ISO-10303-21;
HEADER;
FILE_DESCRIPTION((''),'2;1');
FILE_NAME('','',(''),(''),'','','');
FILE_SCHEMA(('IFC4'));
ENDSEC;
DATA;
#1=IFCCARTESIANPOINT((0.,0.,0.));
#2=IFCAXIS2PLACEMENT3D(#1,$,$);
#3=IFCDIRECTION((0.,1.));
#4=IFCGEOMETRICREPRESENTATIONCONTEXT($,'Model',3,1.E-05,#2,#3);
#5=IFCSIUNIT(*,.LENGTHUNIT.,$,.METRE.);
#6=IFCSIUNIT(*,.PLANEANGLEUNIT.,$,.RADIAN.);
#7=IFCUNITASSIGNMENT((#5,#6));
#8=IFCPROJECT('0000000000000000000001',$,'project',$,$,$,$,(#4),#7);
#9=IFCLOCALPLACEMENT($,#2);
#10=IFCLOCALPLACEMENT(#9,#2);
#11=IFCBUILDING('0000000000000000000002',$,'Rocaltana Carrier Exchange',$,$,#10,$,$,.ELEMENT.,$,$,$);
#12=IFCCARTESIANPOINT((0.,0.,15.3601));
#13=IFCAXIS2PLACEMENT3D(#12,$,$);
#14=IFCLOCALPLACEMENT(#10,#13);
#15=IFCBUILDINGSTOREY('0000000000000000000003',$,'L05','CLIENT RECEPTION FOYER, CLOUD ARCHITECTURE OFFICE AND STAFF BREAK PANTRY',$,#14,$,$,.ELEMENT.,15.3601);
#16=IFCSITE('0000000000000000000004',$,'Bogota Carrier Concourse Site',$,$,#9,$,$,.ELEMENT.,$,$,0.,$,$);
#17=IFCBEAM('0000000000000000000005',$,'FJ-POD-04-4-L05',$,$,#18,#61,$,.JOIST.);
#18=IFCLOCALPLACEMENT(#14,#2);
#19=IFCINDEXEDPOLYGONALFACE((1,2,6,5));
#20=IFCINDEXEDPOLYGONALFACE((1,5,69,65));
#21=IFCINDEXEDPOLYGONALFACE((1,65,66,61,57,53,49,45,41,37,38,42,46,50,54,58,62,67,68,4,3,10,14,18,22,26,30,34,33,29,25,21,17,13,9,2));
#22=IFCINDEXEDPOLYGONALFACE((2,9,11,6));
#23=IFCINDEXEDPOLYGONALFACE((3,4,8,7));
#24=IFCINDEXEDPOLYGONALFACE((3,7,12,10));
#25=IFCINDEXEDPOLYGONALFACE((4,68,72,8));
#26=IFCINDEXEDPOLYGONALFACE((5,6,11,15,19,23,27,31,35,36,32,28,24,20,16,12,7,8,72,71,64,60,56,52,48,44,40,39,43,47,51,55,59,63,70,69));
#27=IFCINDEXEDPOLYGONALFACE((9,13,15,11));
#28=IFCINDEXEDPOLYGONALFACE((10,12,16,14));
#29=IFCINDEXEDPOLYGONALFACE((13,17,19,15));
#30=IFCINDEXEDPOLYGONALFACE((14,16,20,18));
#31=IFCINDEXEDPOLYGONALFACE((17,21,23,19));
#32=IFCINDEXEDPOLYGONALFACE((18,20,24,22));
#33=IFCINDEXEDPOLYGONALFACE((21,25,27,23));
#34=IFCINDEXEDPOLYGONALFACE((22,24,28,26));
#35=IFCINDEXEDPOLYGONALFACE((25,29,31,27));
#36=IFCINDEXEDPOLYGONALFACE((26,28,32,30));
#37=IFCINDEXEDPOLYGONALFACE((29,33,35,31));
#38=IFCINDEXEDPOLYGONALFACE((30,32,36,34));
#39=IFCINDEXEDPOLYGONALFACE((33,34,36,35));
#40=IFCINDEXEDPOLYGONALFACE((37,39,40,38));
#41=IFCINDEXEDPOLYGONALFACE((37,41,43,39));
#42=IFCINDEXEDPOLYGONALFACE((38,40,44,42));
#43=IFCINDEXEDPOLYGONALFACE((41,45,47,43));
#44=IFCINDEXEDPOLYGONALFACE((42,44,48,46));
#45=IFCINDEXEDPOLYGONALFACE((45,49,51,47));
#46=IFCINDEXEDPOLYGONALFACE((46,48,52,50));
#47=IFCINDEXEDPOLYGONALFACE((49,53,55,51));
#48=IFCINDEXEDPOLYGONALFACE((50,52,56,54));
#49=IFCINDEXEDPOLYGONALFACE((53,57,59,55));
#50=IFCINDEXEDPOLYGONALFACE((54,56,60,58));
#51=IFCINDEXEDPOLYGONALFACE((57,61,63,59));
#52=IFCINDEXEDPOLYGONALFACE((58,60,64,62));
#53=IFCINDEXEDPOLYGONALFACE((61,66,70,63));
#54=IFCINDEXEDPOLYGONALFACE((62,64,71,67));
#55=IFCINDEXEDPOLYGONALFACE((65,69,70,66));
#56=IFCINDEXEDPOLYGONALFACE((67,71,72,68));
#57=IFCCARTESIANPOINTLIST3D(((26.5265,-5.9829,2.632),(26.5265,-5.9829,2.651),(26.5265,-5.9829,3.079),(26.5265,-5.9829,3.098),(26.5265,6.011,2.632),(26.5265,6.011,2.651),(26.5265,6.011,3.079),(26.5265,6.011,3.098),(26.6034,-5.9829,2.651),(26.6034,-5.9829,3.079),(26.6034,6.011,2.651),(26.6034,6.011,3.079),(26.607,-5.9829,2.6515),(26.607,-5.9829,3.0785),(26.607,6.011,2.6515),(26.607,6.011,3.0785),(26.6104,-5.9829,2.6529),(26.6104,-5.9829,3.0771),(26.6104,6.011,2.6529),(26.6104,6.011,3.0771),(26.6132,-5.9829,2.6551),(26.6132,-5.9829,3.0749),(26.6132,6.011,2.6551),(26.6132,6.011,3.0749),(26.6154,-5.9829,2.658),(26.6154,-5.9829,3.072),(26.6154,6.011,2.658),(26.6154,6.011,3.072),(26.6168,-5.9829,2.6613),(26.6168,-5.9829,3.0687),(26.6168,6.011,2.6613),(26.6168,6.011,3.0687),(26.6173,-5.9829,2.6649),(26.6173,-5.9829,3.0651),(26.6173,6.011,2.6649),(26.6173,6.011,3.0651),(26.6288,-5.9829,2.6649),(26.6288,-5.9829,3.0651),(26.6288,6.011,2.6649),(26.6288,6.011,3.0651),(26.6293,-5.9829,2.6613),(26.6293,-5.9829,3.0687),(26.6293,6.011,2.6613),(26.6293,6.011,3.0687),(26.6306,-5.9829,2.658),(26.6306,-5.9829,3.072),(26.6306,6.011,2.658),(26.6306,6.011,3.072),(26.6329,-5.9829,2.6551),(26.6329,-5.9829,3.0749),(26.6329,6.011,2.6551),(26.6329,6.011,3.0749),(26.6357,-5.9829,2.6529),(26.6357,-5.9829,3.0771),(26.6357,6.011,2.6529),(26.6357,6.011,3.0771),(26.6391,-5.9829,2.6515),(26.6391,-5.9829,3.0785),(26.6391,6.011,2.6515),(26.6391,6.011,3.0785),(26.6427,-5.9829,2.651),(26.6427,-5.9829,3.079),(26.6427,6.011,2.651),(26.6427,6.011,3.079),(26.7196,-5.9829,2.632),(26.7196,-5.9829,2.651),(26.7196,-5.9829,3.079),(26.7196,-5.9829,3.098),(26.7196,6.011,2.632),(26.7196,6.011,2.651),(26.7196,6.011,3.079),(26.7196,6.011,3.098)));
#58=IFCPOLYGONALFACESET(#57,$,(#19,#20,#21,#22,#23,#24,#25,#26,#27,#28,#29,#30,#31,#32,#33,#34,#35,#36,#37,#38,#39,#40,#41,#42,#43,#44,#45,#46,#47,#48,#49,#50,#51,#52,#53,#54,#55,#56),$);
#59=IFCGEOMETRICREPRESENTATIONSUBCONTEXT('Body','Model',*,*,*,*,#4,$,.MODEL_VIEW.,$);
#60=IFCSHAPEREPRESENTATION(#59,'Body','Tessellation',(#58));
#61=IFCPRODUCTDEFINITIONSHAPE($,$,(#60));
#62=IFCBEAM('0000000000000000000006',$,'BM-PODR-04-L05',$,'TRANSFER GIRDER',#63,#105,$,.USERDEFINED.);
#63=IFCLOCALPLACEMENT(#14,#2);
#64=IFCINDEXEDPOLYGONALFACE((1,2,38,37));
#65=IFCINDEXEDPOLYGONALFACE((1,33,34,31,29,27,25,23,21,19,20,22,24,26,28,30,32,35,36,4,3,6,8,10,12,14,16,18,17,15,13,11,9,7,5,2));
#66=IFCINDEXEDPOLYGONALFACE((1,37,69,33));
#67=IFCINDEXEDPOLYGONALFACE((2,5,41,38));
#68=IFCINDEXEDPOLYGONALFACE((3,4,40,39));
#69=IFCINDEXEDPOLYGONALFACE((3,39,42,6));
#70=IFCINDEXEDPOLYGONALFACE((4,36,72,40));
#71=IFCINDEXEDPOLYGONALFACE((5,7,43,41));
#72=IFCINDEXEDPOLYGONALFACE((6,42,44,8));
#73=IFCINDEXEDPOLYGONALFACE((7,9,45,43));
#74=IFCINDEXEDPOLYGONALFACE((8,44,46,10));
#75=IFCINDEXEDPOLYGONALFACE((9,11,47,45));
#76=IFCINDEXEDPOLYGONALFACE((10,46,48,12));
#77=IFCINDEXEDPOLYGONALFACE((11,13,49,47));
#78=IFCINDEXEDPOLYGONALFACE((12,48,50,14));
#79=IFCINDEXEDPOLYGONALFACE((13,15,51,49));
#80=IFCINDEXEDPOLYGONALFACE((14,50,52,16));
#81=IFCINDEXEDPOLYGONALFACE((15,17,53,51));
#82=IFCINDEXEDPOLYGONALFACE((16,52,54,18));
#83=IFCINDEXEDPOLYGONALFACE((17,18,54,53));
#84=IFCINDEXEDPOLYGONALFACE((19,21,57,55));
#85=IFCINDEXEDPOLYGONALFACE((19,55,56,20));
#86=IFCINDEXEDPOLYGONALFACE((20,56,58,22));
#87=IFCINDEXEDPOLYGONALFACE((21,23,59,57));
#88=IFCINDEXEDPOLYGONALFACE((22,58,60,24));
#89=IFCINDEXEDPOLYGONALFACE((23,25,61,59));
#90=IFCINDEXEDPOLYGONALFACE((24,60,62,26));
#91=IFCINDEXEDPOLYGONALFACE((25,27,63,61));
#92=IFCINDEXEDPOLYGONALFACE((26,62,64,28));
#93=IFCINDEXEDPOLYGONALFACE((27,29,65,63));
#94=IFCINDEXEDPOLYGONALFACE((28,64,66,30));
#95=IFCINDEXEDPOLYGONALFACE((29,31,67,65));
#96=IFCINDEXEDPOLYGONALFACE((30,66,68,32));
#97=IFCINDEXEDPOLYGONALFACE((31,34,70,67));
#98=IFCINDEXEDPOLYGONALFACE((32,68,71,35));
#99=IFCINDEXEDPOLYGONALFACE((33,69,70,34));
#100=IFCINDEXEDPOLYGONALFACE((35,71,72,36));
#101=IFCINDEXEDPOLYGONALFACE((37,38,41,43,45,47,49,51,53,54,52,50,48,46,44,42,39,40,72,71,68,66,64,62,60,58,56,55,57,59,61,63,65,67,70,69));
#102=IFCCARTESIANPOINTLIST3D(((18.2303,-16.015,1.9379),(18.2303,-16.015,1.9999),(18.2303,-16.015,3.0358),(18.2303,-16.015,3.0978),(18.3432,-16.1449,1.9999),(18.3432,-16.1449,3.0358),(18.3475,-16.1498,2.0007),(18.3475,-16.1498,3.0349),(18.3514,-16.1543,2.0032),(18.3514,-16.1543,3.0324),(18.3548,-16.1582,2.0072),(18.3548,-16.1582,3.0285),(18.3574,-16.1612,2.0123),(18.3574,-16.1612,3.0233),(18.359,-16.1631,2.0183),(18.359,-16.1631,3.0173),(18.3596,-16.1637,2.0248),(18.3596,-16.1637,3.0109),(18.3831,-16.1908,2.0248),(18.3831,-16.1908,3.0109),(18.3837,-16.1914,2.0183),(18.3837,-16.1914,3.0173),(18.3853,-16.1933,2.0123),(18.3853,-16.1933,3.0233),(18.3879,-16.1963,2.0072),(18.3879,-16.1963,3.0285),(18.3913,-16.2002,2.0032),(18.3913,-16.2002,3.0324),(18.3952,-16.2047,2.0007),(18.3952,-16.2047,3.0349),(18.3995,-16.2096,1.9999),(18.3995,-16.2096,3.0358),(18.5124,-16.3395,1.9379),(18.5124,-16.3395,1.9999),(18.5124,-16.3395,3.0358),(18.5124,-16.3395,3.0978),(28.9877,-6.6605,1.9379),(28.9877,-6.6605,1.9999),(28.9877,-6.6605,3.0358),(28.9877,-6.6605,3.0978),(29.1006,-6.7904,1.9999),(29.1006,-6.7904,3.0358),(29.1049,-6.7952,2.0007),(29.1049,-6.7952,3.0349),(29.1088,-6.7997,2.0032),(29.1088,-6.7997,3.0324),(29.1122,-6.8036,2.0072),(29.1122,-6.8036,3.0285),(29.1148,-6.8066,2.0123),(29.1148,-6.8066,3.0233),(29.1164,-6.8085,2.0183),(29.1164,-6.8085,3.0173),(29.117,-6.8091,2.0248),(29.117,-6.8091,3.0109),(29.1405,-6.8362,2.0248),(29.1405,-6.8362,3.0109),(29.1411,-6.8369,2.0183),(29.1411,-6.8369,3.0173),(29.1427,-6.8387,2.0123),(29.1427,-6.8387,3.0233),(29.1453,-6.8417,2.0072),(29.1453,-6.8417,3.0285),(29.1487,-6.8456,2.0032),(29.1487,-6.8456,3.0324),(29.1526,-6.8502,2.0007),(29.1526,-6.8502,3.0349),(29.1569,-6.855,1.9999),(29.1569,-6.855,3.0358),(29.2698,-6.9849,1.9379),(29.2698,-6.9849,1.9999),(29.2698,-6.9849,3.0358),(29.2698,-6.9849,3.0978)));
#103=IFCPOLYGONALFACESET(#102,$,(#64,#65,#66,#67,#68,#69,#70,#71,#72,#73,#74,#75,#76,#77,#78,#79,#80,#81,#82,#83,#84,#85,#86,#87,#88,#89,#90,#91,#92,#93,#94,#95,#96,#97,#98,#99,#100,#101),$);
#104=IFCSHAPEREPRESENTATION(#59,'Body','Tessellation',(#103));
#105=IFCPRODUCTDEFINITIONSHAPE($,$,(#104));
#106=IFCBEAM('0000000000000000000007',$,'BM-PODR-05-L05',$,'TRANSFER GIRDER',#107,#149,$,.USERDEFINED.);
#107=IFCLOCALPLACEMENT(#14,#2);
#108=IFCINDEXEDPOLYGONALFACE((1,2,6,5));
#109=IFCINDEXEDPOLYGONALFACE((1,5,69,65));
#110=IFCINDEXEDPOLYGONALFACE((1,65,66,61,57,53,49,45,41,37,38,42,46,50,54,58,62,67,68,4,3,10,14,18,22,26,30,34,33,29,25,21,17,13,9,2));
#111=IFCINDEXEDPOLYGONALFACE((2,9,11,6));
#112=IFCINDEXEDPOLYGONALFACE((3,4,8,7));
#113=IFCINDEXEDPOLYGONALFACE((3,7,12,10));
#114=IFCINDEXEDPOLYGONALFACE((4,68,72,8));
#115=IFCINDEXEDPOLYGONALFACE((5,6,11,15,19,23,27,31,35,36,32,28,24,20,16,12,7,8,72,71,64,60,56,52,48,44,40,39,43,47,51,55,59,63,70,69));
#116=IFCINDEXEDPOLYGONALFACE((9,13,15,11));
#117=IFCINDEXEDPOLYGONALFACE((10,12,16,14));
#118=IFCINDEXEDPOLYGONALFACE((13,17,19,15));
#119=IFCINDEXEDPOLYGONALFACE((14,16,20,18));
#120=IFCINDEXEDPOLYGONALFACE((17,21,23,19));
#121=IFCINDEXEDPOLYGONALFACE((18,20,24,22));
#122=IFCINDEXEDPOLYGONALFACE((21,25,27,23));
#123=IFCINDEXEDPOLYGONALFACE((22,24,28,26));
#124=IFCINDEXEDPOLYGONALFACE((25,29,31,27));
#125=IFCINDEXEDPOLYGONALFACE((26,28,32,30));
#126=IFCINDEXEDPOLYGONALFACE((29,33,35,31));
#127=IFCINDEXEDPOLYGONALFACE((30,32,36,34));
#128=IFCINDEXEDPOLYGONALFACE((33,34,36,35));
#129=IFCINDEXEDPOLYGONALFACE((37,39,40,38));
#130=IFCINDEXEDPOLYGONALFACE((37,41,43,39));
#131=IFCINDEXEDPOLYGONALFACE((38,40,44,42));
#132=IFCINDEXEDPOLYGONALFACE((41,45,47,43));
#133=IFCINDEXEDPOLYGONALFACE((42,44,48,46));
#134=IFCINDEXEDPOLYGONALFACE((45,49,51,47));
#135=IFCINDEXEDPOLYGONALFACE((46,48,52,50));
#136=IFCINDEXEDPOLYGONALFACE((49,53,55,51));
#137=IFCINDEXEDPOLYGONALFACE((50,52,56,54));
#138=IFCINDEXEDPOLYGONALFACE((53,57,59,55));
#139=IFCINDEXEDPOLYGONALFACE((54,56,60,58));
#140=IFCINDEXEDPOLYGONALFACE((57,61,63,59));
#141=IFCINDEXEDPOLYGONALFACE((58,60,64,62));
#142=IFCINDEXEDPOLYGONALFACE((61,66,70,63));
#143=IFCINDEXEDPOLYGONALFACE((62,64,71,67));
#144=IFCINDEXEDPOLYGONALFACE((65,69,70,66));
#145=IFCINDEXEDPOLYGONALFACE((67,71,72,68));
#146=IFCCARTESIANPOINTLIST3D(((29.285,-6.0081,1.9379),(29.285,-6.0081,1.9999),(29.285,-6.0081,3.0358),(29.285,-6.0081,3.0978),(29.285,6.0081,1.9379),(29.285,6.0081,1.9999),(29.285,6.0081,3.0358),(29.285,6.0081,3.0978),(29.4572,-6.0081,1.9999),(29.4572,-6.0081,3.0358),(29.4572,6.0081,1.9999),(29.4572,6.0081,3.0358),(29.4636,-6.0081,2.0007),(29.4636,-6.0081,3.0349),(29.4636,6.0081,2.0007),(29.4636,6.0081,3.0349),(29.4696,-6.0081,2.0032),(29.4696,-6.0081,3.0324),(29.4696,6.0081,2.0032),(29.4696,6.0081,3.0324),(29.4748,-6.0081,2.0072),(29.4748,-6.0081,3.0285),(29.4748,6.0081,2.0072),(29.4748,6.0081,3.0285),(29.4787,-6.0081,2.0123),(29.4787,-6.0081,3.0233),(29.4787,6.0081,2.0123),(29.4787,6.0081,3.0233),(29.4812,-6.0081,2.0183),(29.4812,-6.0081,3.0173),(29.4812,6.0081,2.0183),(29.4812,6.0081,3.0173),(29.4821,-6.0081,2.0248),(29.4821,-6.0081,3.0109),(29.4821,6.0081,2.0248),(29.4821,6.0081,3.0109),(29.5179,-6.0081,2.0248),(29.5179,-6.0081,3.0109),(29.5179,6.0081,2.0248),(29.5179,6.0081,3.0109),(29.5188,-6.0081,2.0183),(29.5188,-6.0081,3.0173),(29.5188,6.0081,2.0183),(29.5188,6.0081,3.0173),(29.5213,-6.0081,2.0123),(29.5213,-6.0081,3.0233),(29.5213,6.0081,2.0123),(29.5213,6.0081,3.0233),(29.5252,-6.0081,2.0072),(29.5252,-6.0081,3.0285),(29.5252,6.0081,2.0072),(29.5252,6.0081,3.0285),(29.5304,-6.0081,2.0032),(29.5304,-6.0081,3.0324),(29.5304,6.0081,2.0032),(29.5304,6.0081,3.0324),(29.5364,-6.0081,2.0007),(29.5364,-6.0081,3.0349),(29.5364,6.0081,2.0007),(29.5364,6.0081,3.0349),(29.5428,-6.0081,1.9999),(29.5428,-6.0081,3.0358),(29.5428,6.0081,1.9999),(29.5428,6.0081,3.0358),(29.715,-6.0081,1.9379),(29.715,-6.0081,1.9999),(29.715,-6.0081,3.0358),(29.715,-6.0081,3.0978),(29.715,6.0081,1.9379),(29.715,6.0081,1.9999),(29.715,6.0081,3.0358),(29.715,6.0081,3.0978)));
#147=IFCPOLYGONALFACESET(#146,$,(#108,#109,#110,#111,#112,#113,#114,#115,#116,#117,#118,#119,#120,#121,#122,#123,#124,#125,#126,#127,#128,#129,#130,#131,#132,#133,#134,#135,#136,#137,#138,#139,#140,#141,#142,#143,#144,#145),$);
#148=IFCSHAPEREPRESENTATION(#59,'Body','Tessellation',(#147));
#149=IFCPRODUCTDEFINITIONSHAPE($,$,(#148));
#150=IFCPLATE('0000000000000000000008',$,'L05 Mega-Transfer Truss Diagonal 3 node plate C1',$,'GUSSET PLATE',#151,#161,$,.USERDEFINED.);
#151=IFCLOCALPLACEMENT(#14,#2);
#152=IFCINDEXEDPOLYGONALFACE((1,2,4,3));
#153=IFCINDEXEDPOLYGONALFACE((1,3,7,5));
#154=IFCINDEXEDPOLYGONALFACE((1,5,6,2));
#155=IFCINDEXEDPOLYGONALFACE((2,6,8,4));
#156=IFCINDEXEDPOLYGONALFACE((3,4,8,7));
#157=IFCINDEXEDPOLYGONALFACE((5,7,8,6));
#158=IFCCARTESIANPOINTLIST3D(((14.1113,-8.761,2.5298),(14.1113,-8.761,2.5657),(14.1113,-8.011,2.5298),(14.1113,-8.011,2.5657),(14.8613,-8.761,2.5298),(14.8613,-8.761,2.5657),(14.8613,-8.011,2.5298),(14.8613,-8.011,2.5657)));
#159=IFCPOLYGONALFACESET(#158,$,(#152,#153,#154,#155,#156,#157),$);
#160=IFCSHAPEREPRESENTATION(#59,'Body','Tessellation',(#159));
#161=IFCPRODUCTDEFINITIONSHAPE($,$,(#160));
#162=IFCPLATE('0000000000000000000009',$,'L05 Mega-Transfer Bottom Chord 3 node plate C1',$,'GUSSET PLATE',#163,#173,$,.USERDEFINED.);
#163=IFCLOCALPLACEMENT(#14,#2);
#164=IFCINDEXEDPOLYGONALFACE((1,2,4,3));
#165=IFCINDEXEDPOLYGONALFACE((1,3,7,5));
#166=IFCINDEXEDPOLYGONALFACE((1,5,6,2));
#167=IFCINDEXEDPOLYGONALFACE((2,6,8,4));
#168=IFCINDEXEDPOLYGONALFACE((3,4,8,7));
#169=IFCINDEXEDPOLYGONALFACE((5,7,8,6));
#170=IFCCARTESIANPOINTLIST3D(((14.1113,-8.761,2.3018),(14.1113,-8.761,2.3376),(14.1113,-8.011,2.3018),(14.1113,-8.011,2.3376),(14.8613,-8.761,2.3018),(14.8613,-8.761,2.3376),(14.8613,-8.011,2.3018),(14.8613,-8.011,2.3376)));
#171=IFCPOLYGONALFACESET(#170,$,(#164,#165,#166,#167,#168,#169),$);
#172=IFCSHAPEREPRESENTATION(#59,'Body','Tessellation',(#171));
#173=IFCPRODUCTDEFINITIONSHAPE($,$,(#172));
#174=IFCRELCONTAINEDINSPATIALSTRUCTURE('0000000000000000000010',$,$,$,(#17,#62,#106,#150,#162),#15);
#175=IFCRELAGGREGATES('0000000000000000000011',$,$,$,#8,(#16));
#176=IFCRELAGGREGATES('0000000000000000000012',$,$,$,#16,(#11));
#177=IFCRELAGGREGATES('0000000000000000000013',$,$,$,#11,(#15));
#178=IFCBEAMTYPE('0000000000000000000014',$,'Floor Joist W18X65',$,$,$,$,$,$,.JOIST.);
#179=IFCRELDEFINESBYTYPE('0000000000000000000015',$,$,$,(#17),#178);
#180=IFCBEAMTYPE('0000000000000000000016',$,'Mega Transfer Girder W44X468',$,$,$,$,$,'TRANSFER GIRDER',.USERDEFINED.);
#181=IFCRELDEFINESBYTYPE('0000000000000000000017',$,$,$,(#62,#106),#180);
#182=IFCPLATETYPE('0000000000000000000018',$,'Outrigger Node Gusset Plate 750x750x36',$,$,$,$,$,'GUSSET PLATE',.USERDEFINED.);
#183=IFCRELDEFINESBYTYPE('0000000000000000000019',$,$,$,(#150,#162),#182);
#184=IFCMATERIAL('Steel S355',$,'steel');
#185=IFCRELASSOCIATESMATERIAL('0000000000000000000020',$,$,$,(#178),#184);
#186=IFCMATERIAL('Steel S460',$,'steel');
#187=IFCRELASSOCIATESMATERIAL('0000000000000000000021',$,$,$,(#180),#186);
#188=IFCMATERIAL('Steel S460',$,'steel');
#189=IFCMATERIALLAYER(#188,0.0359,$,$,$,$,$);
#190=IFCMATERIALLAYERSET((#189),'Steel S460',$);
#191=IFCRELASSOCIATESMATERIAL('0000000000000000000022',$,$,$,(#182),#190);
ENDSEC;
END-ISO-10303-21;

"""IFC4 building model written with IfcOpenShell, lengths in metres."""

from ifc_helpers import new_model, si_unit, direction, frame, origin, origin_2d, place, context, subcontext, project, spatial, rectangle, i_section, extrude, material, layer, layer_set, material_profile, profile_set, type_object, element, save


model = new_model("IFC4")

# Units and contexts
model_context = context("Model", 3, precision=1e-05, world=origin(), true_north=direction((0.0, 1.0)))
body_context = subcontext(model_context, "Body", "Model", "MODEL_VIEW")
ifc_project = project(units=[si_unit("LENGTHUNIT", "METRE"), si_unit("PLANEANGLEUNIT", "RADIAN")], contexts=[model_context])

# Site, building, storey
site_placement = place(None, origin())
site = spatial("IfcSite", under=ifc_project, at=site_placement, Name="Bogota Carrier Concourse Site", CompositionType="ELEMENT", RefElevation=0.0)
building_placement = place(site_placement, origin())
building = spatial("IfcBuilding", under=site, at=building_placement, Name="Rocaltana Carrier Exchange", CompositionType="ELEMENT")
storey_placement = place(building_placement, frame((0.0, 0.0, 15.3601)))
storey = spatial("IfcBuildingStorey", under=building, at=storey_placement, Name="L05", Description="CLIENT RECEPTION FOYER, CLOUD ARCHITECTURE OFFICE AND STAFF BREAK PANTRY", CompositionType="ELEMENT", Elevation=15.3601)

# Beams
ifc_material_1 = material(Name="Steel S355", Category="steel")
ifc_material_profile_1 = material_profile(ifc_material_1, i_section(OverallWidth=0.1931, OverallDepth=0.4661, WebThickness=0.0115, FlangeThickness=0.019, FilletRadius=0.0139, at=origin_2d()), Name="W18X65")
ifc_profile_set_1 = profile_set([ifc_material_profile_1], Name="Steel S355")
beam_type_1 = type_object("IfcBeamType", Name="Floor Joist W18X65", PredefinedType="JOIST", material=ifc_profile_set_1)
beam_1_placement = place(storey_placement, frame((26.623, -5.9829, 2.865), z_axis=(0.0, 1.0, 0.0), x_axis=(-1.0, 0.0, 0.0)))
element("IfcBeam", 1, at=beam_1_placement, inside=storey, type_object=beam_type_1, Name="FJ-POD-04-4-L05", PredefinedType="JOIST", context=body_context, shape_type="SweptSolid", body=[
    extrude(i_section(OverallWidth=0.1931, OverallDepth=0.4661, WebThickness=0.0115, FlangeThickness=0.019, FilletRadius=0.0139, at=origin_2d()), origin(), (0.0, 0.0, 1.0), 11.9939),
])
ifc_material_2 = material(Name="Steel S460", Category="steel")
ifc_material_profile_2 = material_profile(ifc_material_2, i_section(OverallWidth=0.4299, OverallDepth=1.1599, WebThickness=0.0359, FlangeThickness=0.062, FilletRadius=0.0249, at=origin_2d()), Name="W44X468")
ifc_profile_set_2 = profile_set([ifc_material_profile_2], Name="Steel S460")
beam_type_2 = type_object("IfcBeamType", Name="Mega Transfer Girder W44X468", ElementType="TRANSFER GIRDER", PredefinedType="USERDEFINED", material=ifc_profile_set_2)
beam_2_placement = place(storey_placement, frame((18.3713, -16.1772, 2.5178), z_axis=(0.754595, 0.656191, 0.0), x_axis=(-0.656191, 0.754595, 0.0)))
element("IfcBeam", 2, at=beam_2_placement, inside=storey, type_object=beam_type_2, Name="BM-PODR-04-L05", ObjectType="TRANSFER GIRDER", PredefinedType="USERDEFINED", context=body_context, shape_type="SweptSolid", body=[
    extrude(i_section(OverallWidth=0.4299, OverallDepth=1.1599, WebThickness=0.0359, FlangeThickness=0.062, FilletRadius=0.0249, at=origin_2d()), origin(), (0.0, 0.0, 1.0), 14.2559),
])
beam_3_placement = place(storey_placement, frame((29.5, -6.0081, 2.5178), z_axis=(0.0, 1.0, 0.0), x_axis=(-1.0, 0.0, 0.0)))
element("IfcBeam", 3, at=beam_3_placement, inside=storey, type_object=beam_type_2, Name="BM-PODR-05-L05", ObjectType="TRANSFER GIRDER", PredefinedType="USERDEFINED", context=body_context, shape_type="SweptSolid", body=[
    extrude(i_section(OverallWidth=0.4299, OverallDepth=1.1599, WebThickness=0.0359, FlangeThickness=0.062, FilletRadius=0.0249, at=origin_2d()), origin(), (0.0, 0.0, 1.0), 12.0161),
])

# Plates
ifc_material_3 = material(Name="Steel S460", Category="steel")
ifc_layer_1 = layer(ifc_material_3, 0.0359)
ifc_layer_set_1 = layer_set([ifc_layer_1], Name="Steel S460")
plate_type = type_object("IfcPlateType", Name="Outrigger Node Gusset Plate 750x750x36", ElementType="GUSSET PLATE", PredefinedType="USERDEFINED", material=ifc_layer_set_1)
for number, where, z_axis, x_axis, name in (
    (4, (14.4863, -8.386, 2.5298), (0.0, 0.0, 1.0), (1.0, 0.0, 0.0), "L05 Mega-Transfer Truss Diagonal 3 node plate C1"),
    (5, (14.4863, -8.386, 2.3018), (0.0, 0.0, 1.0), (1.0, 0.0, 0.0), "L05 Mega-Transfer Bottom Chord 3 node plate C1"),
):
    element("IfcPlate", number, at=place(storey_placement, frame(where, z_axis=z_axis, x_axis=x_axis)), inside=storey, type_object=plate_type, Name=name, ObjectType="GUSSET PLATE", PredefinedType="USERDEFINED", context=body_context, shape_type="SweptSolid", body=[
        extrude(rectangle(XDim=0.75, YDim=0.75, at=origin_2d()), origin(), (0.0, 0.0, 1.0), 0.0359),
    ])

save(model, "model.ifc")
